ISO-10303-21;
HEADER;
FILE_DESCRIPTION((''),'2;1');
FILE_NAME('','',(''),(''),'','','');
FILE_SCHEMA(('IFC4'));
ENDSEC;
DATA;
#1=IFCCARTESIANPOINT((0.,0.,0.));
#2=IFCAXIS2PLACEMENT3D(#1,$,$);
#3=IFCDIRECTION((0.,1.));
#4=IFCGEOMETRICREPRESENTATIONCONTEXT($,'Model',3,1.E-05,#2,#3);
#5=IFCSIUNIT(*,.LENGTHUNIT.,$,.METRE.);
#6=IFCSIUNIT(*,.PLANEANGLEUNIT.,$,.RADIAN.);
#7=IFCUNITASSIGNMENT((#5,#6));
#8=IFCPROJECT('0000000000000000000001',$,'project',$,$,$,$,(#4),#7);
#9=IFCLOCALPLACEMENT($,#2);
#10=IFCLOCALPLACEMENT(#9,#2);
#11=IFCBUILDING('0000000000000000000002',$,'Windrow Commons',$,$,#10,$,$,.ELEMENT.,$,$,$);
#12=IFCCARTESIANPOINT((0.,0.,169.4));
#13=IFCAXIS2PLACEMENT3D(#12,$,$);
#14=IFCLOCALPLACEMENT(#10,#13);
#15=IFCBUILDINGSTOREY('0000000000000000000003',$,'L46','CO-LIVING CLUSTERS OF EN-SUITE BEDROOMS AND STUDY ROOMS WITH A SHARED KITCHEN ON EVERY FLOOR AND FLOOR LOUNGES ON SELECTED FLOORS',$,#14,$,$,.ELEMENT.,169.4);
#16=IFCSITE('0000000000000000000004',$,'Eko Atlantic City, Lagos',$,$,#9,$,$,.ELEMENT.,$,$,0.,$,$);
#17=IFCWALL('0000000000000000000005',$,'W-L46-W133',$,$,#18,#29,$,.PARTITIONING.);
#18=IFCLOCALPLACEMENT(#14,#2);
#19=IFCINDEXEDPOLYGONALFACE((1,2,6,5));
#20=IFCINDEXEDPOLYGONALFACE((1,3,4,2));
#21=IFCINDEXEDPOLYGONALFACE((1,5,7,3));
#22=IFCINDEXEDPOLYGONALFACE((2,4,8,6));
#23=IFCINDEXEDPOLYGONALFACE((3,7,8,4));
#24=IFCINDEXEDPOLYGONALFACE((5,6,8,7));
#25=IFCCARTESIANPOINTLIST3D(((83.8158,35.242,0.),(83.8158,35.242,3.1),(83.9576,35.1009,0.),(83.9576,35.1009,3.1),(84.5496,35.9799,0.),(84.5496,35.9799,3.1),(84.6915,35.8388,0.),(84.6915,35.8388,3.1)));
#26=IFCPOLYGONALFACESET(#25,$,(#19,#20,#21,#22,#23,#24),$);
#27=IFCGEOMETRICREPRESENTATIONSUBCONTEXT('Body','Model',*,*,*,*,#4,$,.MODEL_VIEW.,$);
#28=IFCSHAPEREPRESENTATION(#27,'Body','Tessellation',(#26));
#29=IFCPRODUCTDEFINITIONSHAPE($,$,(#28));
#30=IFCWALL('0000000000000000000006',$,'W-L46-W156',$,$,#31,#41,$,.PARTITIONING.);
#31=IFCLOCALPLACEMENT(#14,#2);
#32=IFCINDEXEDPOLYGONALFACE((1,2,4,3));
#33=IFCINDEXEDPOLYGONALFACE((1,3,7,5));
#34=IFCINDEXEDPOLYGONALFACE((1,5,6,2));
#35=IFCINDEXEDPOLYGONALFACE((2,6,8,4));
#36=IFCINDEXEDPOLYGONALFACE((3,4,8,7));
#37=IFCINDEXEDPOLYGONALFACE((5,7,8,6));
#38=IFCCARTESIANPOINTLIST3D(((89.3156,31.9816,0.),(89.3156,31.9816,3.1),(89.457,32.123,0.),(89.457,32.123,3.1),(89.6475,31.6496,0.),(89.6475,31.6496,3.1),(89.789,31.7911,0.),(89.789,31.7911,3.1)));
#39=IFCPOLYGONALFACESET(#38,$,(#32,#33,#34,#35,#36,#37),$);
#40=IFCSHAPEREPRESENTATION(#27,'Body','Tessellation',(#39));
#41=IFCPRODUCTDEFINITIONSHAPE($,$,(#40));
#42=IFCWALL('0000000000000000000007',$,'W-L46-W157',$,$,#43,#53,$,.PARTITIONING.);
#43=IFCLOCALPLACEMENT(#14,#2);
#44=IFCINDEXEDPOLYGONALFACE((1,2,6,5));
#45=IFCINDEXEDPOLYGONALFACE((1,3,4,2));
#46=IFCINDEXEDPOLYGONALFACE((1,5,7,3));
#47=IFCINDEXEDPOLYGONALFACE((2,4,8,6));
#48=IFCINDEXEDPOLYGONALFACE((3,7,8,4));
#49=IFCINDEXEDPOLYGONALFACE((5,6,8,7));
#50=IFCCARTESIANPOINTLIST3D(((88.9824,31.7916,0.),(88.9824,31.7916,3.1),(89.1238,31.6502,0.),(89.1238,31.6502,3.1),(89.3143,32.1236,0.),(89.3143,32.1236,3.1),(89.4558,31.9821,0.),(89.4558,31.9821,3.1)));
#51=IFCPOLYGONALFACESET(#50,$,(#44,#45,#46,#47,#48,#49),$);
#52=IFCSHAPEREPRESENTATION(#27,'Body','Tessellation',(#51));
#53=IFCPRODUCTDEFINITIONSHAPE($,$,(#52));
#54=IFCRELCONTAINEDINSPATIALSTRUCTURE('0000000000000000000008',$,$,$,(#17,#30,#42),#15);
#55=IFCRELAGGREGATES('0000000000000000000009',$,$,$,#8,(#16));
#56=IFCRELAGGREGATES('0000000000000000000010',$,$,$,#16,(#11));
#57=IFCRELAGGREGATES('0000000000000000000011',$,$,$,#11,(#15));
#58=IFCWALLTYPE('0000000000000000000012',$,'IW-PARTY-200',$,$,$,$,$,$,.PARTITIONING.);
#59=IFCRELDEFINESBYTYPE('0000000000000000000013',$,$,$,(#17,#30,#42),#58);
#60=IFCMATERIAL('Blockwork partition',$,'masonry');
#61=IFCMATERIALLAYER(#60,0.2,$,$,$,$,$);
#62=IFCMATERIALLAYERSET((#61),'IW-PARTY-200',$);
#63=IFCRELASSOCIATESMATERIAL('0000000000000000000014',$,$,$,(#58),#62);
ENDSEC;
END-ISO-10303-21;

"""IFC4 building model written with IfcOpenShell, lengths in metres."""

from ifc_helpers import new_model, si_unit, direction, frame, frame_2d, origin, place, context, subcontext, project, spatial, rectangle, extrude, material, layer, layer_set, type_object, element, save


model = new_model("IFC4")

# Units and contexts
model_context = context("Model", 3, precision=1e-05, world=origin(), true_north=direction((0.0, 1.0)))
body_context = subcontext(model_context, "Body", "Model", "MODEL_VIEW")
ifc_project = project(units=[si_unit("LENGTHUNIT", "METRE"), si_unit("PLANEANGLEUNIT", "RADIAN")], contexts=[model_context])

# Site, building, storey
site_placement = place(None, origin())
site = spatial("IfcSite", under=ifc_project, at=site_placement, Name="Eko Atlantic City, Lagos", CompositionType="ELEMENT", RefElevation=0.0)
building_placement = place(site_placement, origin())
building = spatial("IfcBuilding", under=site, at=building_placement, Name="Windrow Commons", CompositionType="ELEMENT")
storey_placement = place(building_placement, frame((0.0, 0.0, 169.4)))
storey = spatial("IfcBuildingStorey", under=building, at=storey_placement, Name="L46", Description="CO-LIVING CLUSTERS OF EN-SUITE BEDROOMS AND STUDY ROOMS WITH A SHARED KITCHEN ON EVERY FLOOR AND FLOOR LOUNGES ON SELECTED FLOORS", CompositionType="ELEMENT", Elevation=169.4)

# Walls
ifc_material_1 = material(Name="Blockwork partition", Category="masonry")
ifc_layer_1 = layer(ifc_material_1, 0.2)
ifc_layer_set_1 = layer_set([ifc_layer_1], Name="IW-PARTY-200")
wall_type_1 = type_object("IfcWallType", Name="IW-PARTY-200", PredefinedType="PARTITIONING", material=ifc_layer_set_1)
wall_1_placement = place(storey_placement, frame((83.8867, 35.1715, 0.0), z_axis=(0.0, 0.0, 1.0), x_axis=(0.705182, 0.709026, 0.0)))
element("IfcWall", 1, at=wall_1_placement, inside=storey, type_object=wall_type_1, Name="W-L46-W133", PredefinedType="PARTITIONING", context=body_context, shape_type="SweptSolid", body=[
    extrude(rectangle(XDim=1.0407, YDim=0.2, at=frame_2d((0.5203, 0.0))), origin(), (0.0, 0.0, 1.0), 3.1),
])
for number, where, z_axis, x_axis, name in (
    (2, (89.3863, 32.0523, 0.0), (0.0, 0.0, 1.0), (0.707107, -0.707107, 0.0), "W-L46-W156"),
    (3, (89.0531, 31.7209, 0.0), (0.0, 0.0, 1.0), (0.707107, 0.707107, 0.0), "W-L46-W157"),
):
    element("IfcWall", number, at=place(storey_placement, frame(where, z_axis=z_axis, x_axis=x_axis)), inside=storey, type_object=wall_type_1, Name=name, PredefinedType="PARTITIONING", context=body_context, shape_type="SweptSolid", body=[
        extrude(rectangle(XDim=0.4695, YDim=0.2, at=frame_2d((0.2347, 0.0))), origin(), (0.0, 0.0, 1.0), 3.1),
    ])

save(model, "model.ifc")
